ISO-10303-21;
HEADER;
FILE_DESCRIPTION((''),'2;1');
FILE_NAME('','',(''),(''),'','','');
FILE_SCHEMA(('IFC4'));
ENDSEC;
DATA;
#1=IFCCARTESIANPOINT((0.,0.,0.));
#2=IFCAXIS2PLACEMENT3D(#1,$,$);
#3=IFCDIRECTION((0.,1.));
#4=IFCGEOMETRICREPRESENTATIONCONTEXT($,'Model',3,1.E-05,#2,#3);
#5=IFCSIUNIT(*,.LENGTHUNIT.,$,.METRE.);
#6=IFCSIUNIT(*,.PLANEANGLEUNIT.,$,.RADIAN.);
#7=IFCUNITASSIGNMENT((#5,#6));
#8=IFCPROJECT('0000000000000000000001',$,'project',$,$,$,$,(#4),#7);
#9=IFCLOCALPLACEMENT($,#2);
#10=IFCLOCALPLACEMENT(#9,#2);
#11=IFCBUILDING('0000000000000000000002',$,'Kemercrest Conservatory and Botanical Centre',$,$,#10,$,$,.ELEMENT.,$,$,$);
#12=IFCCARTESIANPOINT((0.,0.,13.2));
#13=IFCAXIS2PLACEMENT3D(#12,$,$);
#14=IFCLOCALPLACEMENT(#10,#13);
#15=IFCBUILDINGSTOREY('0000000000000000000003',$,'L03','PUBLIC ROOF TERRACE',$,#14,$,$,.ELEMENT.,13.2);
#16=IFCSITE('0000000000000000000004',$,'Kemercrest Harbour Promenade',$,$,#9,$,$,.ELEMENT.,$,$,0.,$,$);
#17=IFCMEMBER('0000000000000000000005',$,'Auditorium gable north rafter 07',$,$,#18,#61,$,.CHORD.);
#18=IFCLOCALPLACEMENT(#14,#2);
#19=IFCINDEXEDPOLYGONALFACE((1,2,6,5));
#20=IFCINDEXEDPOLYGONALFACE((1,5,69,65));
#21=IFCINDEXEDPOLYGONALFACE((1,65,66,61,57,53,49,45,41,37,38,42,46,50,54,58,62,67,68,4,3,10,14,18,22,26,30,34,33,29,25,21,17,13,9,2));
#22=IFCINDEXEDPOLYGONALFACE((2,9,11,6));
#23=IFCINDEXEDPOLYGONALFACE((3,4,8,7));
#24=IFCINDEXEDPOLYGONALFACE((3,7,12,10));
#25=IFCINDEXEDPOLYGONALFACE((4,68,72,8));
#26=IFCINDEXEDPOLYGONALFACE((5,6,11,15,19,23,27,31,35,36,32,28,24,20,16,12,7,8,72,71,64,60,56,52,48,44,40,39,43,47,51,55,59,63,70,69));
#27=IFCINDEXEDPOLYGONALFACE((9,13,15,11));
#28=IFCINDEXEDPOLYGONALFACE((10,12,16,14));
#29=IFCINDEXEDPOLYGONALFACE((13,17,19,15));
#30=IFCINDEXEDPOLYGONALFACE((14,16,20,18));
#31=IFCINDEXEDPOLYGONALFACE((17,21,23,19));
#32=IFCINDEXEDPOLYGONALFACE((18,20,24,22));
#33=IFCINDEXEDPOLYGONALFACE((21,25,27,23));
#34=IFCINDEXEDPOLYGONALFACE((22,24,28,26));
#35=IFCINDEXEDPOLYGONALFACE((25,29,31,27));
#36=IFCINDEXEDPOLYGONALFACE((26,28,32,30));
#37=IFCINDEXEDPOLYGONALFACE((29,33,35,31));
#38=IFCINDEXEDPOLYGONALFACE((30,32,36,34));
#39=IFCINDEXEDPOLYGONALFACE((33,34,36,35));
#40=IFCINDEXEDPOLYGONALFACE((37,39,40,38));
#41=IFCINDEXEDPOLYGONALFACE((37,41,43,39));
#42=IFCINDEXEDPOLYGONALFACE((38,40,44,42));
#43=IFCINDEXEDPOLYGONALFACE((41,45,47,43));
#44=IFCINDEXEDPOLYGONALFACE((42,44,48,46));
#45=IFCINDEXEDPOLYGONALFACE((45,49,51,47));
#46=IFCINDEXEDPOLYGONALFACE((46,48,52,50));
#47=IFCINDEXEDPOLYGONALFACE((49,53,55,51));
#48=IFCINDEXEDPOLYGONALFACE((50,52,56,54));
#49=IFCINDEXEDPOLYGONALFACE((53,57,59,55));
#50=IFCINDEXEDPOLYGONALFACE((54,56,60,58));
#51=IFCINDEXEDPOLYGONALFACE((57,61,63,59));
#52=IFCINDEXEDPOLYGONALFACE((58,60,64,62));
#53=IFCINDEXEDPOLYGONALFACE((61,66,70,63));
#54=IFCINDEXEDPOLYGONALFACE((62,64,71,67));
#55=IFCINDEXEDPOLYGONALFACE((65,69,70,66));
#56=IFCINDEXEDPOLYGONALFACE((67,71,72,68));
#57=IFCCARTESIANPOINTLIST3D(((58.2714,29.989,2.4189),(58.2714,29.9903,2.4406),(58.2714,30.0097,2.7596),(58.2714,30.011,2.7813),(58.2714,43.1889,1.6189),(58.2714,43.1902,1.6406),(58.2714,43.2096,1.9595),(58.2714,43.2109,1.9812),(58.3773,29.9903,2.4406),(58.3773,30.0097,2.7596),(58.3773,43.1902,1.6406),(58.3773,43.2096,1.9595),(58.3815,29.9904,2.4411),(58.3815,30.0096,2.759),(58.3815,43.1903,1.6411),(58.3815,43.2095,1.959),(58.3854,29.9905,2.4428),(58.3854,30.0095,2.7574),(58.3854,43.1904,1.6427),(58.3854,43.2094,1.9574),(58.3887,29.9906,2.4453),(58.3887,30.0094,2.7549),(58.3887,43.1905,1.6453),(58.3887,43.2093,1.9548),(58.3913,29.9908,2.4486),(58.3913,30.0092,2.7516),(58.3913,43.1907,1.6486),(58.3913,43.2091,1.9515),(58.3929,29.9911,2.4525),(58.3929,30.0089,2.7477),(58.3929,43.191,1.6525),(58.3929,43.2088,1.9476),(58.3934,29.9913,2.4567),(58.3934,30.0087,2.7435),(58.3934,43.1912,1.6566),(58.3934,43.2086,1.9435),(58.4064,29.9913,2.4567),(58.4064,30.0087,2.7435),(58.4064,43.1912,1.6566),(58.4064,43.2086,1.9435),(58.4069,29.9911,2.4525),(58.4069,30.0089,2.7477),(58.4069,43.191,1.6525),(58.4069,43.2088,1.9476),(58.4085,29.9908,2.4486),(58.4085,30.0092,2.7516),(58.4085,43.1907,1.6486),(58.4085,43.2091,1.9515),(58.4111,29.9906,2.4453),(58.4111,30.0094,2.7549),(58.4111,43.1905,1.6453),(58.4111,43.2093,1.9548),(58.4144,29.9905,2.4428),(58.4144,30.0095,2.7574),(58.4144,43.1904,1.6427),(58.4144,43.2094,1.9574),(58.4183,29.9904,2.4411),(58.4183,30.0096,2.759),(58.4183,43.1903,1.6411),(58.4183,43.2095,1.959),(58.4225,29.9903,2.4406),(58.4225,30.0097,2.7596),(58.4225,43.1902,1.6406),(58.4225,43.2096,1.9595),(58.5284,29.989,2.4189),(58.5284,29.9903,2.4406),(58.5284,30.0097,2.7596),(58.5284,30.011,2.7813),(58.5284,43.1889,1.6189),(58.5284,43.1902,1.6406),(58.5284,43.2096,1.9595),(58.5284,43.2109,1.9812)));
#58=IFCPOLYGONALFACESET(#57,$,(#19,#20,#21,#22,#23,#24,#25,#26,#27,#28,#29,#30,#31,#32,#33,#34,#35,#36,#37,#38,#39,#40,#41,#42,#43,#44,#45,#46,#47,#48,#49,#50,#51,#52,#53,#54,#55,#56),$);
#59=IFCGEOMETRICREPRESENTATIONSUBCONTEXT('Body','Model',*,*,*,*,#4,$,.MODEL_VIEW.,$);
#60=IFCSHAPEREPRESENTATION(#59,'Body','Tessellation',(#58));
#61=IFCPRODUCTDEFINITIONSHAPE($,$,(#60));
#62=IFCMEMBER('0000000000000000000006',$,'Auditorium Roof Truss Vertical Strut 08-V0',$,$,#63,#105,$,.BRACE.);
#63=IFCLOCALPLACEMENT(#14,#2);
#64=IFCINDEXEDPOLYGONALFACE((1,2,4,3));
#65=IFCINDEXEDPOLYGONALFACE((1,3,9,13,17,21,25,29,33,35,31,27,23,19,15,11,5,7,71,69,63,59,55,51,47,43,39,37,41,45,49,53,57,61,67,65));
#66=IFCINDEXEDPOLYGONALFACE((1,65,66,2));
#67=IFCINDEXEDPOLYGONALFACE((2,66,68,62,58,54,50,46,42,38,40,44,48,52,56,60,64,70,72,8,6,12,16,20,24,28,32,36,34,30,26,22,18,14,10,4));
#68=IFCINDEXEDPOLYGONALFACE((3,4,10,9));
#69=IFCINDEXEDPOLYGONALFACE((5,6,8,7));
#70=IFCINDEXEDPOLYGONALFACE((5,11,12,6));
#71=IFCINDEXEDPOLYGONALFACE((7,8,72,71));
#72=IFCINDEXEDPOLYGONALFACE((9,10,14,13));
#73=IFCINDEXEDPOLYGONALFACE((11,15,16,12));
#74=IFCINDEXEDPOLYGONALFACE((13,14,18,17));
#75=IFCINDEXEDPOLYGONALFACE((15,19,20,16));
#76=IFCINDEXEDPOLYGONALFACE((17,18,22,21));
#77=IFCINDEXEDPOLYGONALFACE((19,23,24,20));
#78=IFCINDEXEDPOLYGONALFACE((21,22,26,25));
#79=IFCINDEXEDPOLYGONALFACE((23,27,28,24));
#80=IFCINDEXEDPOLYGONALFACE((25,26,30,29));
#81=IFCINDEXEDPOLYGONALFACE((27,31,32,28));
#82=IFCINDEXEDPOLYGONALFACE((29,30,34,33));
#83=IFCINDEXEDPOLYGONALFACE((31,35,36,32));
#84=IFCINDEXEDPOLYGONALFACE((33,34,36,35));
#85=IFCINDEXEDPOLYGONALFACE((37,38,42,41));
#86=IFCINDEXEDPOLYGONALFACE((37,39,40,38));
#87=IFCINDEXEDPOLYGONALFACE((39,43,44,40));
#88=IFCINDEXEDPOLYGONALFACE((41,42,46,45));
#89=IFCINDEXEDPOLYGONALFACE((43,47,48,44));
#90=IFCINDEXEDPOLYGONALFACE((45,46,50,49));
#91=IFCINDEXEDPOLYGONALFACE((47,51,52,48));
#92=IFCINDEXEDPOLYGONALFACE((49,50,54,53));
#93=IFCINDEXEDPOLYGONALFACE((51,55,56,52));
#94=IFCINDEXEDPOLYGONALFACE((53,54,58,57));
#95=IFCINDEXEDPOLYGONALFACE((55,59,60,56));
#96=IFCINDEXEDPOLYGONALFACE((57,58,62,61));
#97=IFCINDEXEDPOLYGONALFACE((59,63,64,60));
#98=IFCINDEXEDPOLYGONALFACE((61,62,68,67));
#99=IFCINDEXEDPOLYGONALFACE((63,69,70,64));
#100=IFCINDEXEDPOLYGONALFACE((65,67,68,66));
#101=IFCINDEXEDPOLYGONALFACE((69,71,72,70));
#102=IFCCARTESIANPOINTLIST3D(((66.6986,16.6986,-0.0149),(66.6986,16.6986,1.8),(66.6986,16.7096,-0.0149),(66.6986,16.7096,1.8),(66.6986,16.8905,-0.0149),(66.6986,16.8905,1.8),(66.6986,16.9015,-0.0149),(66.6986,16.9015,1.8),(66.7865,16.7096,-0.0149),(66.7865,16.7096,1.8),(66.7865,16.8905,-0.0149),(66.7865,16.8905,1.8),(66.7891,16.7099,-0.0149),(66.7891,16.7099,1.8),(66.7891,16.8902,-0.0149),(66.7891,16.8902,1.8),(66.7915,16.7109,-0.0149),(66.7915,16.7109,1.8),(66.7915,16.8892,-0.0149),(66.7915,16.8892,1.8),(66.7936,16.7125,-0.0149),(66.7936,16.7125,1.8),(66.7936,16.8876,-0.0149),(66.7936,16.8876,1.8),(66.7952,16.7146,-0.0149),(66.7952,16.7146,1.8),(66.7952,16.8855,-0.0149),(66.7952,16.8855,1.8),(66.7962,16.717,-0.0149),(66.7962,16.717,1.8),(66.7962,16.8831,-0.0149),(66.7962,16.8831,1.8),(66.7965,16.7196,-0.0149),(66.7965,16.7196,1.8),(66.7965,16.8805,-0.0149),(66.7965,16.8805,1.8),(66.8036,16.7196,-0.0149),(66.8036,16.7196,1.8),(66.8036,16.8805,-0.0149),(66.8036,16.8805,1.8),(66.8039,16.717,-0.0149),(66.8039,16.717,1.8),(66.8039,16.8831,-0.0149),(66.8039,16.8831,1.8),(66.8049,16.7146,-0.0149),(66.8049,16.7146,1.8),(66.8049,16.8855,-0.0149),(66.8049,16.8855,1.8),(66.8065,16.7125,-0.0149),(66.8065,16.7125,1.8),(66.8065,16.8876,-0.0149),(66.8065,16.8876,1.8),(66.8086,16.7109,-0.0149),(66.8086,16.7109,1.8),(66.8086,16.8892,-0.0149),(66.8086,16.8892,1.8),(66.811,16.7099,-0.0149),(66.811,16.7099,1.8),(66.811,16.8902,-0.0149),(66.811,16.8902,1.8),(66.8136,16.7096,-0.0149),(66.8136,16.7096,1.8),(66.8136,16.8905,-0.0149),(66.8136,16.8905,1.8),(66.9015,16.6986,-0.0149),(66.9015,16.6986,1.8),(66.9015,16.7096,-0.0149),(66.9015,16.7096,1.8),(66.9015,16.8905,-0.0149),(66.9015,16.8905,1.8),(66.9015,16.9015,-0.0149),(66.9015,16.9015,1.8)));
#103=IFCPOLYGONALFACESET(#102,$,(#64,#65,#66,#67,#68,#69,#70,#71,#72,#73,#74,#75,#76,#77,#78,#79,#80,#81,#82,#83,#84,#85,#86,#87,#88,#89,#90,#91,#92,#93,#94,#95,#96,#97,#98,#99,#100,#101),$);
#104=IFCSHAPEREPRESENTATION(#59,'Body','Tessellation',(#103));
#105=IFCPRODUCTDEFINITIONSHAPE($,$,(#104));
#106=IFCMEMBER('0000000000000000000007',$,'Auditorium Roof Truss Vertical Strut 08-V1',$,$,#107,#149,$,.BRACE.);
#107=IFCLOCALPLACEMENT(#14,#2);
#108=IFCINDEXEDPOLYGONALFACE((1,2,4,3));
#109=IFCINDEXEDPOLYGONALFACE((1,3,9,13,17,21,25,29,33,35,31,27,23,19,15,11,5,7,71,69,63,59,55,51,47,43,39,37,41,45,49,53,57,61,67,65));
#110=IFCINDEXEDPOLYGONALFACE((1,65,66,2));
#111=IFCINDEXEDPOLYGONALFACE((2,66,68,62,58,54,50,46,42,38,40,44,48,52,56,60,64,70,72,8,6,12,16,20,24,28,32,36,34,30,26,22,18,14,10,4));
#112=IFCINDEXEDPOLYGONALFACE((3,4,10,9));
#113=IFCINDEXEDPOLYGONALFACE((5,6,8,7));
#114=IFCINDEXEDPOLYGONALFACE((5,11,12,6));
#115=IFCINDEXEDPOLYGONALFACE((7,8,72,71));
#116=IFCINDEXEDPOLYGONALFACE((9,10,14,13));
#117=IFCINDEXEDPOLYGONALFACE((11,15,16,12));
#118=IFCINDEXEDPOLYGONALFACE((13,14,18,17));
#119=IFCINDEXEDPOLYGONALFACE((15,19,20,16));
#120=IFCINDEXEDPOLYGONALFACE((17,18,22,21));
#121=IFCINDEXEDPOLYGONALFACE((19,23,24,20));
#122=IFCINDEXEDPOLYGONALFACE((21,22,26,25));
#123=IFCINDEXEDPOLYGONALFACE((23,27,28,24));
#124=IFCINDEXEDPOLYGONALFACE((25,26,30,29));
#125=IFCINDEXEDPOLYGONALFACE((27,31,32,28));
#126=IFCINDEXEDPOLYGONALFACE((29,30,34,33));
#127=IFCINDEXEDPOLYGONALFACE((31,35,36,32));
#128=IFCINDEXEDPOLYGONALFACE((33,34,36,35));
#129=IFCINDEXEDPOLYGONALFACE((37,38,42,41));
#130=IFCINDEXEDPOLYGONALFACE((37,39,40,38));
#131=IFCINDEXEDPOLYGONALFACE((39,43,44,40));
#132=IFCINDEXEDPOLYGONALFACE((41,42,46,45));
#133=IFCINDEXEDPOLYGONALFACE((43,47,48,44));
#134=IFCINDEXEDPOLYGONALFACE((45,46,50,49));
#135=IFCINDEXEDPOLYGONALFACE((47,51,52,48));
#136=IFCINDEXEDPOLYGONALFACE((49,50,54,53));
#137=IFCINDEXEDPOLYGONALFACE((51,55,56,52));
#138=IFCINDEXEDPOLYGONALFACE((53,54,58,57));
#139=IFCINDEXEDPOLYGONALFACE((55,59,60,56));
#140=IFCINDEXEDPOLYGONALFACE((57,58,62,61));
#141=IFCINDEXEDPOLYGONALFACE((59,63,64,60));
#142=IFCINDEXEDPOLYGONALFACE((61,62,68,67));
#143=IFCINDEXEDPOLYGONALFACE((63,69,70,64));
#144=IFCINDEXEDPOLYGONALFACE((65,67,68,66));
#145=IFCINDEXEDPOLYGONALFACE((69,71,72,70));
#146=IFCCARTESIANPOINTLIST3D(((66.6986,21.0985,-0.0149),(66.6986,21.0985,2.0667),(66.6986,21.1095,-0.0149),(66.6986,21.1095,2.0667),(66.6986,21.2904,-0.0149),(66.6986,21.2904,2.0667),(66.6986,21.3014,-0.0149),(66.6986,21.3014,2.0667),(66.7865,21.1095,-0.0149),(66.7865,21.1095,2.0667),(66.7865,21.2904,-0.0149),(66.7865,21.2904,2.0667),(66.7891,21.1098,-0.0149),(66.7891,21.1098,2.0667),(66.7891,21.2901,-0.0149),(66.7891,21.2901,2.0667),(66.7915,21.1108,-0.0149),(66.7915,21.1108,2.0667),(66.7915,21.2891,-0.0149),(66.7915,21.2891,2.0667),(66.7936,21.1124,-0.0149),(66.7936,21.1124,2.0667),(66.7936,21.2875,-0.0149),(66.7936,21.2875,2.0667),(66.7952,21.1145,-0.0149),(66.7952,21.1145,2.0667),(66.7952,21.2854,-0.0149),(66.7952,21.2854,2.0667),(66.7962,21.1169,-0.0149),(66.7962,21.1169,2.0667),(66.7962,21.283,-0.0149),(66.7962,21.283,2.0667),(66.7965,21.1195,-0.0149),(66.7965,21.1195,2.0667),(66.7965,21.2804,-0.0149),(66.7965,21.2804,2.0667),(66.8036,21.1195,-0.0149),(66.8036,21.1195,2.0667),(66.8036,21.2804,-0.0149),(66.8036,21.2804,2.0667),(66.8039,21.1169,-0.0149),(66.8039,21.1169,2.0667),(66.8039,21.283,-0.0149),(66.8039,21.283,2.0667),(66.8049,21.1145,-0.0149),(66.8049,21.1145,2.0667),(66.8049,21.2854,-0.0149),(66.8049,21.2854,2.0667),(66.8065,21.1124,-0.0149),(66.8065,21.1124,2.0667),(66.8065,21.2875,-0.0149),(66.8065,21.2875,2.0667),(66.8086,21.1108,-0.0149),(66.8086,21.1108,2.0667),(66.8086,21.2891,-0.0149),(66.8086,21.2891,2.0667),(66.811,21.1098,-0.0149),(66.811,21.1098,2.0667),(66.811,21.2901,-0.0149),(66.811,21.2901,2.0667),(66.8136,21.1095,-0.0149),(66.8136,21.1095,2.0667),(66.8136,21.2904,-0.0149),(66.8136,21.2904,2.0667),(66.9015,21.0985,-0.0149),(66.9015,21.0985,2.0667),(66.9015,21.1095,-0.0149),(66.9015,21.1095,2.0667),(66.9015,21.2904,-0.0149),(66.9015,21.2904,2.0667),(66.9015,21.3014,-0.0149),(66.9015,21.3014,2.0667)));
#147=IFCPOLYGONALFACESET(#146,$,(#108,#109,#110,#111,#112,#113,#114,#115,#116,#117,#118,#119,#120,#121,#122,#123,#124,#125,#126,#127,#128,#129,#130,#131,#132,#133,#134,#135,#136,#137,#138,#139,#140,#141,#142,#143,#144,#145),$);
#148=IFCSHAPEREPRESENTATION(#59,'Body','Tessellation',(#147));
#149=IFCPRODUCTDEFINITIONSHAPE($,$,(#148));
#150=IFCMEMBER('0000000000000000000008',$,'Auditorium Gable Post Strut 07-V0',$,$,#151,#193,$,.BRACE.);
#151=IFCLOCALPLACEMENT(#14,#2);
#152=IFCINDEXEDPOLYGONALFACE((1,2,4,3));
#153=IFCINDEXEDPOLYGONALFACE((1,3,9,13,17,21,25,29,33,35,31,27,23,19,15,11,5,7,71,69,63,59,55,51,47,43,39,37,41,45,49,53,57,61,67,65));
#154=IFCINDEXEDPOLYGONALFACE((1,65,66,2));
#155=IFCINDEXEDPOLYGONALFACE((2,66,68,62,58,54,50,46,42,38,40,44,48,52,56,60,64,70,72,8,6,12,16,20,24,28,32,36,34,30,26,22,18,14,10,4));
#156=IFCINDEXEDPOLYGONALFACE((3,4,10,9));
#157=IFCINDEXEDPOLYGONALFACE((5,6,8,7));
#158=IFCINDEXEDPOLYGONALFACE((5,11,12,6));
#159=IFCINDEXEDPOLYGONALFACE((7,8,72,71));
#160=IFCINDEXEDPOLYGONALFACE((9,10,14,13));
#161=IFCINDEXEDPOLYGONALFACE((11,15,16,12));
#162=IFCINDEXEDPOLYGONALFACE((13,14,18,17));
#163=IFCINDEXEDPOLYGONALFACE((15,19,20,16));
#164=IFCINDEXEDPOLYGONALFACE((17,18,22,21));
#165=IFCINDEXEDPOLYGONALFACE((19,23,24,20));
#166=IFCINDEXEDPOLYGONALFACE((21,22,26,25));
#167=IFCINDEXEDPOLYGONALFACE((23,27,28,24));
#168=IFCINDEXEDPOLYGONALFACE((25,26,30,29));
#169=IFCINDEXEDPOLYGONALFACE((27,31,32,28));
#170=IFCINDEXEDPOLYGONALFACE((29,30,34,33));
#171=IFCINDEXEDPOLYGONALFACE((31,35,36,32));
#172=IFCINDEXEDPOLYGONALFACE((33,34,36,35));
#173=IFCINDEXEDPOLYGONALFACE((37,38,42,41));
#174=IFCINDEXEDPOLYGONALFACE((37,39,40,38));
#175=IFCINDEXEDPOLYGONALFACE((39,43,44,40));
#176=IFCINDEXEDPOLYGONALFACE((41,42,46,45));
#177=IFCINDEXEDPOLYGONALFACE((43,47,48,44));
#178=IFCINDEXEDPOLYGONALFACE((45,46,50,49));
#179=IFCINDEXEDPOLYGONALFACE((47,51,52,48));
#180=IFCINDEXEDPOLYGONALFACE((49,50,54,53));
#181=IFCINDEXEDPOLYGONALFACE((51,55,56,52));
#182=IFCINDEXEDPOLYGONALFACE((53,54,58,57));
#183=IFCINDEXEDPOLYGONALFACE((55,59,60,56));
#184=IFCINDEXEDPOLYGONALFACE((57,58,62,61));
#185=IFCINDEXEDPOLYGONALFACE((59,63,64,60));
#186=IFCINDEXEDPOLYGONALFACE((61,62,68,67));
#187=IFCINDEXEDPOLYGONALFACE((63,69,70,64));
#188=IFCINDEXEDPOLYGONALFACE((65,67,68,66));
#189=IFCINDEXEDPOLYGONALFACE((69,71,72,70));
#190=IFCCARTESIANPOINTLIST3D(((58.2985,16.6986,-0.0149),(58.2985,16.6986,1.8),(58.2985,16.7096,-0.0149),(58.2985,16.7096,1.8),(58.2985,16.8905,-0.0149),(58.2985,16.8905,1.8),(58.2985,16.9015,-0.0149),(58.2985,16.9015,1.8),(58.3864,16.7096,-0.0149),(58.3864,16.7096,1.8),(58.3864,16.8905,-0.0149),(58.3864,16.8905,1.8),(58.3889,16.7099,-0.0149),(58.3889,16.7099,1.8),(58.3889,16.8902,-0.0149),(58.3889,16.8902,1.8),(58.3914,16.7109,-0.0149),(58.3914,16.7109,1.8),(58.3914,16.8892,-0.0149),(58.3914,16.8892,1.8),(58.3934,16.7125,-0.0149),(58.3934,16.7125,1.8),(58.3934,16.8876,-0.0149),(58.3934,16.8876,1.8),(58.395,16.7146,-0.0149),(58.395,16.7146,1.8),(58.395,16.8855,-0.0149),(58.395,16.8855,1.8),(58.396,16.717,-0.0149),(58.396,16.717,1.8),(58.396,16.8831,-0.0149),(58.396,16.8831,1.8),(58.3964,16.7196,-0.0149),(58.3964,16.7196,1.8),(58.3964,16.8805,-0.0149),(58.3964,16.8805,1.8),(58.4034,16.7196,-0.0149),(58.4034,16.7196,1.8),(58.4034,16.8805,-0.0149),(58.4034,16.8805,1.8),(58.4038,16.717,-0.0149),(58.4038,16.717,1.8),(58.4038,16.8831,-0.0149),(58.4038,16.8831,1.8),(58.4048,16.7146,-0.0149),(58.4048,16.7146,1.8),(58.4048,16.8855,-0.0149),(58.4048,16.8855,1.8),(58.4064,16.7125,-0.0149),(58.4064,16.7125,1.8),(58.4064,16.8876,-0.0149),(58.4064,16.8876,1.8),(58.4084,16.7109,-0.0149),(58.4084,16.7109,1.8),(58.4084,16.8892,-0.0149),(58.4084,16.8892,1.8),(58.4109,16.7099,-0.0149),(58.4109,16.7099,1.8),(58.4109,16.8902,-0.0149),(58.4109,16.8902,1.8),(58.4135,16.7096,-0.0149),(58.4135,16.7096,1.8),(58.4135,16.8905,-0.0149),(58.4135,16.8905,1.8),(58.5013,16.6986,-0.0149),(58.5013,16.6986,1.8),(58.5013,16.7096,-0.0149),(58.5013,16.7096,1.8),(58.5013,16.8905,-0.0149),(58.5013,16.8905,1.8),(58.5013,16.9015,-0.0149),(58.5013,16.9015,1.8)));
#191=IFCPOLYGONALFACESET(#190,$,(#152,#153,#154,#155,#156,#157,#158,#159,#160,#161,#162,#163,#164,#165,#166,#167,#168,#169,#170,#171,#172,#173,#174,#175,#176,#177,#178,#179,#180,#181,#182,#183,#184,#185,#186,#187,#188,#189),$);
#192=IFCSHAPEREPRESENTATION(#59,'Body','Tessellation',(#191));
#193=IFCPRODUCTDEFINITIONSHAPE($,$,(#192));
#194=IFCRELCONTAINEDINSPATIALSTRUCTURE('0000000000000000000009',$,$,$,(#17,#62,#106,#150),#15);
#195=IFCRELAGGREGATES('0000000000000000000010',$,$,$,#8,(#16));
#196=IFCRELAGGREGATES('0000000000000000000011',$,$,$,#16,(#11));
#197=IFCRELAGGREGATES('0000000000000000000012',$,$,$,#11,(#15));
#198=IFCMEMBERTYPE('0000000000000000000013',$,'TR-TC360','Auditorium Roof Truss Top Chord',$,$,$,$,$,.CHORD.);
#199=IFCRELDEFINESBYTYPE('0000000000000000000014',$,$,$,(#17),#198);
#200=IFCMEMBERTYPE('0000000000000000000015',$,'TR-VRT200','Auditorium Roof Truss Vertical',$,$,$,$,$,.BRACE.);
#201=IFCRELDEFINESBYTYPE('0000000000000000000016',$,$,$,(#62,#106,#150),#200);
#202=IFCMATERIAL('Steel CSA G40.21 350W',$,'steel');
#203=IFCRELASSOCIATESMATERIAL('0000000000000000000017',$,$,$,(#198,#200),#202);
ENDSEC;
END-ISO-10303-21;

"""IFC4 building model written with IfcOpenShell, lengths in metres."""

from ifc_helpers import new_model, si_unit, direction, frame, origin, origin_2d, place, context, subcontext, project, spatial, i_section, extrude, material, material_profile, profile_set, type_object, element, save


model = new_model("IFC4")

# Units and contexts
model_context = context("Model", 3, precision=1e-05, world=origin(), true_north=direction((0.0, 1.0)))
body_context = subcontext(model_context, "Body", "Model", "MODEL_VIEW")
ifc_project = project(units=[si_unit("LENGTHUNIT", "METRE"), si_unit("PLANEANGLEUNIT", "RADIAN")], contexts=[model_context])

# Site, building, storey
site_placement = place(None, origin())
site = spatial("IfcSite", under=ifc_project, at=site_placement, Name="Kemercrest Harbour Promenade", CompositionType="ELEMENT", RefElevation=0.0)
building_placement = place(site_placement, origin())
building = spatial("IfcBuilding", under=site, at=building_placement, Name="Kemercrest Conservatory and Botanical Centre", CompositionType="ELEMENT")
storey_placement = place(building_placement, frame((0.0, 0.0, 13.2)))
storey = spatial("IfcBuildingStorey", under=building, at=storey_placement, Name="L03", Description="PUBLIC ROOF TERRACE", CompositionType="ELEMENT", Elevation=13.2)

# Shared definitions
ifc_material_1 = material(Name="Steel CSA G40.21 350W", Category="steel")

# Members
ifc_material_profile_1 = material_profile(ifc_material_1, i_section(OverallWidth=0.2571, OverallDepth=0.363, WebThickness=0.0129, FlangeThickness=0.0217, FilletRadius=0.0161, at=origin_2d()), Name="W360X122")
ifc_profile_set_1 = profile_set([ifc_material_profile_1], Name="Steel CSA G40.21 350W")
member_type_1 = type_object("IfcMemberType", Name="TR-TC360", Description="Auditorium Roof Truss Top Chord", PredefinedType="CHORD", material=ifc_profile_set_1)
for number, where, z_axis, x_axis, name in (
    (1, (58.3999, 30.0, 2.6001), (0.0, 0.998168, -0.060499), (-1.0, 0.0, 0.0), "Auditorium gable north rafter 07"),
):
    element("IfcMember", number, at=place(storey_placement, frame(where, z_axis=z_axis, x_axis=x_axis)), inside=storey, type_object=member_type_1, Name=name, PredefinedType="CHORD", context=body_context, shape_type="SweptSolid", body=[
        extrude(i_section(OverallWidth=0.2571, OverallDepth=0.363, WebThickness=0.0129, FlangeThickness=0.0217, FilletRadius=0.0161, at=origin_2d()), origin(), (0.0, 0.0, 1.0), 13.2241),
    ])
ifc_material_profile_2 = material_profile(ifc_material_1, i_section(OverallWidth=0.2029, OverallDepth=0.2029, WebThickness=0.0071, FlangeThickness=0.011, FilletRadius=0.01, at=origin_2d()), Name="W200X46")
ifc_profile_set_2 = profile_set([ifc_material_profile_2], Name="Steel CSA G40.21 350W")
member_type_2 = type_object("IfcMemberType", Name="TR-VRT200", Description="Auditorium Roof Truss Vertical", PredefinedType="BRACE", material=ifc_profile_set_2)
member_1_placement = place(storey_placement, frame((66.8, 16.8, -0.0149), z_axis=(0.0, 0.0, 1.0), x_axis=(1.0, 0.0, 0.0)))
element("IfcMember", 2, at=member_1_placement, inside=storey, type_object=member_type_2, Name="Auditorium Roof Truss Vertical Strut 08-V0", PredefinedType="BRACE", context=body_context, shape_type="SweptSolid", body=[
    extrude(i_section(OverallWidth=0.2029, OverallDepth=0.2029, WebThickness=0.0071, FlangeThickness=0.011, FilletRadius=0.01, at=origin_2d()), origin(), (0.0, 0.0, 1.0), 1.8149),
])
member_2_placement = place(storey_placement, frame((66.8, 21.2, -0.0149), z_axis=(0.0, 0.0, 1.0), x_axis=(1.0, 0.0, 0.0)))
element("IfcMember", 3, at=member_2_placement, inside=storey, type_object=member_type_2, Name="Auditorium Roof Truss Vertical Strut 08-V1", PredefinedType="BRACE", context=body_context, shape_type="SweptSolid", body=[
    extrude(i_section(OverallWidth=0.2029, OverallDepth=0.2029, WebThickness=0.0071, FlangeThickness=0.011, FilletRadius=0.01, at=origin_2d()), origin(), (0.0, 0.0, 1.0), 2.0815),
])
member_3_placement = place(storey_placement, frame((58.3999, 16.8, -0.0149), z_axis=(0.0, 0.0, 1.0), x_axis=(1.0, 0.0, 0.0)))
element("IfcMember", 4, at=member_3_placement, inside=storey, type_object=member_type_2, Name="Auditorium Gable Post Strut 07-V0", PredefinedType="BRACE", context=body_context, shape_type="SweptSolid", body=[
    extrude(i_section(OverallWidth=0.2029, OverallDepth=0.2029, WebThickness=0.0071, FlangeThickness=0.011, FilletRadius=0.01, at=origin_2d()), origin(), (0.0, 0.0, 1.0), 1.8149),
])

save(model, "model.ifc")
